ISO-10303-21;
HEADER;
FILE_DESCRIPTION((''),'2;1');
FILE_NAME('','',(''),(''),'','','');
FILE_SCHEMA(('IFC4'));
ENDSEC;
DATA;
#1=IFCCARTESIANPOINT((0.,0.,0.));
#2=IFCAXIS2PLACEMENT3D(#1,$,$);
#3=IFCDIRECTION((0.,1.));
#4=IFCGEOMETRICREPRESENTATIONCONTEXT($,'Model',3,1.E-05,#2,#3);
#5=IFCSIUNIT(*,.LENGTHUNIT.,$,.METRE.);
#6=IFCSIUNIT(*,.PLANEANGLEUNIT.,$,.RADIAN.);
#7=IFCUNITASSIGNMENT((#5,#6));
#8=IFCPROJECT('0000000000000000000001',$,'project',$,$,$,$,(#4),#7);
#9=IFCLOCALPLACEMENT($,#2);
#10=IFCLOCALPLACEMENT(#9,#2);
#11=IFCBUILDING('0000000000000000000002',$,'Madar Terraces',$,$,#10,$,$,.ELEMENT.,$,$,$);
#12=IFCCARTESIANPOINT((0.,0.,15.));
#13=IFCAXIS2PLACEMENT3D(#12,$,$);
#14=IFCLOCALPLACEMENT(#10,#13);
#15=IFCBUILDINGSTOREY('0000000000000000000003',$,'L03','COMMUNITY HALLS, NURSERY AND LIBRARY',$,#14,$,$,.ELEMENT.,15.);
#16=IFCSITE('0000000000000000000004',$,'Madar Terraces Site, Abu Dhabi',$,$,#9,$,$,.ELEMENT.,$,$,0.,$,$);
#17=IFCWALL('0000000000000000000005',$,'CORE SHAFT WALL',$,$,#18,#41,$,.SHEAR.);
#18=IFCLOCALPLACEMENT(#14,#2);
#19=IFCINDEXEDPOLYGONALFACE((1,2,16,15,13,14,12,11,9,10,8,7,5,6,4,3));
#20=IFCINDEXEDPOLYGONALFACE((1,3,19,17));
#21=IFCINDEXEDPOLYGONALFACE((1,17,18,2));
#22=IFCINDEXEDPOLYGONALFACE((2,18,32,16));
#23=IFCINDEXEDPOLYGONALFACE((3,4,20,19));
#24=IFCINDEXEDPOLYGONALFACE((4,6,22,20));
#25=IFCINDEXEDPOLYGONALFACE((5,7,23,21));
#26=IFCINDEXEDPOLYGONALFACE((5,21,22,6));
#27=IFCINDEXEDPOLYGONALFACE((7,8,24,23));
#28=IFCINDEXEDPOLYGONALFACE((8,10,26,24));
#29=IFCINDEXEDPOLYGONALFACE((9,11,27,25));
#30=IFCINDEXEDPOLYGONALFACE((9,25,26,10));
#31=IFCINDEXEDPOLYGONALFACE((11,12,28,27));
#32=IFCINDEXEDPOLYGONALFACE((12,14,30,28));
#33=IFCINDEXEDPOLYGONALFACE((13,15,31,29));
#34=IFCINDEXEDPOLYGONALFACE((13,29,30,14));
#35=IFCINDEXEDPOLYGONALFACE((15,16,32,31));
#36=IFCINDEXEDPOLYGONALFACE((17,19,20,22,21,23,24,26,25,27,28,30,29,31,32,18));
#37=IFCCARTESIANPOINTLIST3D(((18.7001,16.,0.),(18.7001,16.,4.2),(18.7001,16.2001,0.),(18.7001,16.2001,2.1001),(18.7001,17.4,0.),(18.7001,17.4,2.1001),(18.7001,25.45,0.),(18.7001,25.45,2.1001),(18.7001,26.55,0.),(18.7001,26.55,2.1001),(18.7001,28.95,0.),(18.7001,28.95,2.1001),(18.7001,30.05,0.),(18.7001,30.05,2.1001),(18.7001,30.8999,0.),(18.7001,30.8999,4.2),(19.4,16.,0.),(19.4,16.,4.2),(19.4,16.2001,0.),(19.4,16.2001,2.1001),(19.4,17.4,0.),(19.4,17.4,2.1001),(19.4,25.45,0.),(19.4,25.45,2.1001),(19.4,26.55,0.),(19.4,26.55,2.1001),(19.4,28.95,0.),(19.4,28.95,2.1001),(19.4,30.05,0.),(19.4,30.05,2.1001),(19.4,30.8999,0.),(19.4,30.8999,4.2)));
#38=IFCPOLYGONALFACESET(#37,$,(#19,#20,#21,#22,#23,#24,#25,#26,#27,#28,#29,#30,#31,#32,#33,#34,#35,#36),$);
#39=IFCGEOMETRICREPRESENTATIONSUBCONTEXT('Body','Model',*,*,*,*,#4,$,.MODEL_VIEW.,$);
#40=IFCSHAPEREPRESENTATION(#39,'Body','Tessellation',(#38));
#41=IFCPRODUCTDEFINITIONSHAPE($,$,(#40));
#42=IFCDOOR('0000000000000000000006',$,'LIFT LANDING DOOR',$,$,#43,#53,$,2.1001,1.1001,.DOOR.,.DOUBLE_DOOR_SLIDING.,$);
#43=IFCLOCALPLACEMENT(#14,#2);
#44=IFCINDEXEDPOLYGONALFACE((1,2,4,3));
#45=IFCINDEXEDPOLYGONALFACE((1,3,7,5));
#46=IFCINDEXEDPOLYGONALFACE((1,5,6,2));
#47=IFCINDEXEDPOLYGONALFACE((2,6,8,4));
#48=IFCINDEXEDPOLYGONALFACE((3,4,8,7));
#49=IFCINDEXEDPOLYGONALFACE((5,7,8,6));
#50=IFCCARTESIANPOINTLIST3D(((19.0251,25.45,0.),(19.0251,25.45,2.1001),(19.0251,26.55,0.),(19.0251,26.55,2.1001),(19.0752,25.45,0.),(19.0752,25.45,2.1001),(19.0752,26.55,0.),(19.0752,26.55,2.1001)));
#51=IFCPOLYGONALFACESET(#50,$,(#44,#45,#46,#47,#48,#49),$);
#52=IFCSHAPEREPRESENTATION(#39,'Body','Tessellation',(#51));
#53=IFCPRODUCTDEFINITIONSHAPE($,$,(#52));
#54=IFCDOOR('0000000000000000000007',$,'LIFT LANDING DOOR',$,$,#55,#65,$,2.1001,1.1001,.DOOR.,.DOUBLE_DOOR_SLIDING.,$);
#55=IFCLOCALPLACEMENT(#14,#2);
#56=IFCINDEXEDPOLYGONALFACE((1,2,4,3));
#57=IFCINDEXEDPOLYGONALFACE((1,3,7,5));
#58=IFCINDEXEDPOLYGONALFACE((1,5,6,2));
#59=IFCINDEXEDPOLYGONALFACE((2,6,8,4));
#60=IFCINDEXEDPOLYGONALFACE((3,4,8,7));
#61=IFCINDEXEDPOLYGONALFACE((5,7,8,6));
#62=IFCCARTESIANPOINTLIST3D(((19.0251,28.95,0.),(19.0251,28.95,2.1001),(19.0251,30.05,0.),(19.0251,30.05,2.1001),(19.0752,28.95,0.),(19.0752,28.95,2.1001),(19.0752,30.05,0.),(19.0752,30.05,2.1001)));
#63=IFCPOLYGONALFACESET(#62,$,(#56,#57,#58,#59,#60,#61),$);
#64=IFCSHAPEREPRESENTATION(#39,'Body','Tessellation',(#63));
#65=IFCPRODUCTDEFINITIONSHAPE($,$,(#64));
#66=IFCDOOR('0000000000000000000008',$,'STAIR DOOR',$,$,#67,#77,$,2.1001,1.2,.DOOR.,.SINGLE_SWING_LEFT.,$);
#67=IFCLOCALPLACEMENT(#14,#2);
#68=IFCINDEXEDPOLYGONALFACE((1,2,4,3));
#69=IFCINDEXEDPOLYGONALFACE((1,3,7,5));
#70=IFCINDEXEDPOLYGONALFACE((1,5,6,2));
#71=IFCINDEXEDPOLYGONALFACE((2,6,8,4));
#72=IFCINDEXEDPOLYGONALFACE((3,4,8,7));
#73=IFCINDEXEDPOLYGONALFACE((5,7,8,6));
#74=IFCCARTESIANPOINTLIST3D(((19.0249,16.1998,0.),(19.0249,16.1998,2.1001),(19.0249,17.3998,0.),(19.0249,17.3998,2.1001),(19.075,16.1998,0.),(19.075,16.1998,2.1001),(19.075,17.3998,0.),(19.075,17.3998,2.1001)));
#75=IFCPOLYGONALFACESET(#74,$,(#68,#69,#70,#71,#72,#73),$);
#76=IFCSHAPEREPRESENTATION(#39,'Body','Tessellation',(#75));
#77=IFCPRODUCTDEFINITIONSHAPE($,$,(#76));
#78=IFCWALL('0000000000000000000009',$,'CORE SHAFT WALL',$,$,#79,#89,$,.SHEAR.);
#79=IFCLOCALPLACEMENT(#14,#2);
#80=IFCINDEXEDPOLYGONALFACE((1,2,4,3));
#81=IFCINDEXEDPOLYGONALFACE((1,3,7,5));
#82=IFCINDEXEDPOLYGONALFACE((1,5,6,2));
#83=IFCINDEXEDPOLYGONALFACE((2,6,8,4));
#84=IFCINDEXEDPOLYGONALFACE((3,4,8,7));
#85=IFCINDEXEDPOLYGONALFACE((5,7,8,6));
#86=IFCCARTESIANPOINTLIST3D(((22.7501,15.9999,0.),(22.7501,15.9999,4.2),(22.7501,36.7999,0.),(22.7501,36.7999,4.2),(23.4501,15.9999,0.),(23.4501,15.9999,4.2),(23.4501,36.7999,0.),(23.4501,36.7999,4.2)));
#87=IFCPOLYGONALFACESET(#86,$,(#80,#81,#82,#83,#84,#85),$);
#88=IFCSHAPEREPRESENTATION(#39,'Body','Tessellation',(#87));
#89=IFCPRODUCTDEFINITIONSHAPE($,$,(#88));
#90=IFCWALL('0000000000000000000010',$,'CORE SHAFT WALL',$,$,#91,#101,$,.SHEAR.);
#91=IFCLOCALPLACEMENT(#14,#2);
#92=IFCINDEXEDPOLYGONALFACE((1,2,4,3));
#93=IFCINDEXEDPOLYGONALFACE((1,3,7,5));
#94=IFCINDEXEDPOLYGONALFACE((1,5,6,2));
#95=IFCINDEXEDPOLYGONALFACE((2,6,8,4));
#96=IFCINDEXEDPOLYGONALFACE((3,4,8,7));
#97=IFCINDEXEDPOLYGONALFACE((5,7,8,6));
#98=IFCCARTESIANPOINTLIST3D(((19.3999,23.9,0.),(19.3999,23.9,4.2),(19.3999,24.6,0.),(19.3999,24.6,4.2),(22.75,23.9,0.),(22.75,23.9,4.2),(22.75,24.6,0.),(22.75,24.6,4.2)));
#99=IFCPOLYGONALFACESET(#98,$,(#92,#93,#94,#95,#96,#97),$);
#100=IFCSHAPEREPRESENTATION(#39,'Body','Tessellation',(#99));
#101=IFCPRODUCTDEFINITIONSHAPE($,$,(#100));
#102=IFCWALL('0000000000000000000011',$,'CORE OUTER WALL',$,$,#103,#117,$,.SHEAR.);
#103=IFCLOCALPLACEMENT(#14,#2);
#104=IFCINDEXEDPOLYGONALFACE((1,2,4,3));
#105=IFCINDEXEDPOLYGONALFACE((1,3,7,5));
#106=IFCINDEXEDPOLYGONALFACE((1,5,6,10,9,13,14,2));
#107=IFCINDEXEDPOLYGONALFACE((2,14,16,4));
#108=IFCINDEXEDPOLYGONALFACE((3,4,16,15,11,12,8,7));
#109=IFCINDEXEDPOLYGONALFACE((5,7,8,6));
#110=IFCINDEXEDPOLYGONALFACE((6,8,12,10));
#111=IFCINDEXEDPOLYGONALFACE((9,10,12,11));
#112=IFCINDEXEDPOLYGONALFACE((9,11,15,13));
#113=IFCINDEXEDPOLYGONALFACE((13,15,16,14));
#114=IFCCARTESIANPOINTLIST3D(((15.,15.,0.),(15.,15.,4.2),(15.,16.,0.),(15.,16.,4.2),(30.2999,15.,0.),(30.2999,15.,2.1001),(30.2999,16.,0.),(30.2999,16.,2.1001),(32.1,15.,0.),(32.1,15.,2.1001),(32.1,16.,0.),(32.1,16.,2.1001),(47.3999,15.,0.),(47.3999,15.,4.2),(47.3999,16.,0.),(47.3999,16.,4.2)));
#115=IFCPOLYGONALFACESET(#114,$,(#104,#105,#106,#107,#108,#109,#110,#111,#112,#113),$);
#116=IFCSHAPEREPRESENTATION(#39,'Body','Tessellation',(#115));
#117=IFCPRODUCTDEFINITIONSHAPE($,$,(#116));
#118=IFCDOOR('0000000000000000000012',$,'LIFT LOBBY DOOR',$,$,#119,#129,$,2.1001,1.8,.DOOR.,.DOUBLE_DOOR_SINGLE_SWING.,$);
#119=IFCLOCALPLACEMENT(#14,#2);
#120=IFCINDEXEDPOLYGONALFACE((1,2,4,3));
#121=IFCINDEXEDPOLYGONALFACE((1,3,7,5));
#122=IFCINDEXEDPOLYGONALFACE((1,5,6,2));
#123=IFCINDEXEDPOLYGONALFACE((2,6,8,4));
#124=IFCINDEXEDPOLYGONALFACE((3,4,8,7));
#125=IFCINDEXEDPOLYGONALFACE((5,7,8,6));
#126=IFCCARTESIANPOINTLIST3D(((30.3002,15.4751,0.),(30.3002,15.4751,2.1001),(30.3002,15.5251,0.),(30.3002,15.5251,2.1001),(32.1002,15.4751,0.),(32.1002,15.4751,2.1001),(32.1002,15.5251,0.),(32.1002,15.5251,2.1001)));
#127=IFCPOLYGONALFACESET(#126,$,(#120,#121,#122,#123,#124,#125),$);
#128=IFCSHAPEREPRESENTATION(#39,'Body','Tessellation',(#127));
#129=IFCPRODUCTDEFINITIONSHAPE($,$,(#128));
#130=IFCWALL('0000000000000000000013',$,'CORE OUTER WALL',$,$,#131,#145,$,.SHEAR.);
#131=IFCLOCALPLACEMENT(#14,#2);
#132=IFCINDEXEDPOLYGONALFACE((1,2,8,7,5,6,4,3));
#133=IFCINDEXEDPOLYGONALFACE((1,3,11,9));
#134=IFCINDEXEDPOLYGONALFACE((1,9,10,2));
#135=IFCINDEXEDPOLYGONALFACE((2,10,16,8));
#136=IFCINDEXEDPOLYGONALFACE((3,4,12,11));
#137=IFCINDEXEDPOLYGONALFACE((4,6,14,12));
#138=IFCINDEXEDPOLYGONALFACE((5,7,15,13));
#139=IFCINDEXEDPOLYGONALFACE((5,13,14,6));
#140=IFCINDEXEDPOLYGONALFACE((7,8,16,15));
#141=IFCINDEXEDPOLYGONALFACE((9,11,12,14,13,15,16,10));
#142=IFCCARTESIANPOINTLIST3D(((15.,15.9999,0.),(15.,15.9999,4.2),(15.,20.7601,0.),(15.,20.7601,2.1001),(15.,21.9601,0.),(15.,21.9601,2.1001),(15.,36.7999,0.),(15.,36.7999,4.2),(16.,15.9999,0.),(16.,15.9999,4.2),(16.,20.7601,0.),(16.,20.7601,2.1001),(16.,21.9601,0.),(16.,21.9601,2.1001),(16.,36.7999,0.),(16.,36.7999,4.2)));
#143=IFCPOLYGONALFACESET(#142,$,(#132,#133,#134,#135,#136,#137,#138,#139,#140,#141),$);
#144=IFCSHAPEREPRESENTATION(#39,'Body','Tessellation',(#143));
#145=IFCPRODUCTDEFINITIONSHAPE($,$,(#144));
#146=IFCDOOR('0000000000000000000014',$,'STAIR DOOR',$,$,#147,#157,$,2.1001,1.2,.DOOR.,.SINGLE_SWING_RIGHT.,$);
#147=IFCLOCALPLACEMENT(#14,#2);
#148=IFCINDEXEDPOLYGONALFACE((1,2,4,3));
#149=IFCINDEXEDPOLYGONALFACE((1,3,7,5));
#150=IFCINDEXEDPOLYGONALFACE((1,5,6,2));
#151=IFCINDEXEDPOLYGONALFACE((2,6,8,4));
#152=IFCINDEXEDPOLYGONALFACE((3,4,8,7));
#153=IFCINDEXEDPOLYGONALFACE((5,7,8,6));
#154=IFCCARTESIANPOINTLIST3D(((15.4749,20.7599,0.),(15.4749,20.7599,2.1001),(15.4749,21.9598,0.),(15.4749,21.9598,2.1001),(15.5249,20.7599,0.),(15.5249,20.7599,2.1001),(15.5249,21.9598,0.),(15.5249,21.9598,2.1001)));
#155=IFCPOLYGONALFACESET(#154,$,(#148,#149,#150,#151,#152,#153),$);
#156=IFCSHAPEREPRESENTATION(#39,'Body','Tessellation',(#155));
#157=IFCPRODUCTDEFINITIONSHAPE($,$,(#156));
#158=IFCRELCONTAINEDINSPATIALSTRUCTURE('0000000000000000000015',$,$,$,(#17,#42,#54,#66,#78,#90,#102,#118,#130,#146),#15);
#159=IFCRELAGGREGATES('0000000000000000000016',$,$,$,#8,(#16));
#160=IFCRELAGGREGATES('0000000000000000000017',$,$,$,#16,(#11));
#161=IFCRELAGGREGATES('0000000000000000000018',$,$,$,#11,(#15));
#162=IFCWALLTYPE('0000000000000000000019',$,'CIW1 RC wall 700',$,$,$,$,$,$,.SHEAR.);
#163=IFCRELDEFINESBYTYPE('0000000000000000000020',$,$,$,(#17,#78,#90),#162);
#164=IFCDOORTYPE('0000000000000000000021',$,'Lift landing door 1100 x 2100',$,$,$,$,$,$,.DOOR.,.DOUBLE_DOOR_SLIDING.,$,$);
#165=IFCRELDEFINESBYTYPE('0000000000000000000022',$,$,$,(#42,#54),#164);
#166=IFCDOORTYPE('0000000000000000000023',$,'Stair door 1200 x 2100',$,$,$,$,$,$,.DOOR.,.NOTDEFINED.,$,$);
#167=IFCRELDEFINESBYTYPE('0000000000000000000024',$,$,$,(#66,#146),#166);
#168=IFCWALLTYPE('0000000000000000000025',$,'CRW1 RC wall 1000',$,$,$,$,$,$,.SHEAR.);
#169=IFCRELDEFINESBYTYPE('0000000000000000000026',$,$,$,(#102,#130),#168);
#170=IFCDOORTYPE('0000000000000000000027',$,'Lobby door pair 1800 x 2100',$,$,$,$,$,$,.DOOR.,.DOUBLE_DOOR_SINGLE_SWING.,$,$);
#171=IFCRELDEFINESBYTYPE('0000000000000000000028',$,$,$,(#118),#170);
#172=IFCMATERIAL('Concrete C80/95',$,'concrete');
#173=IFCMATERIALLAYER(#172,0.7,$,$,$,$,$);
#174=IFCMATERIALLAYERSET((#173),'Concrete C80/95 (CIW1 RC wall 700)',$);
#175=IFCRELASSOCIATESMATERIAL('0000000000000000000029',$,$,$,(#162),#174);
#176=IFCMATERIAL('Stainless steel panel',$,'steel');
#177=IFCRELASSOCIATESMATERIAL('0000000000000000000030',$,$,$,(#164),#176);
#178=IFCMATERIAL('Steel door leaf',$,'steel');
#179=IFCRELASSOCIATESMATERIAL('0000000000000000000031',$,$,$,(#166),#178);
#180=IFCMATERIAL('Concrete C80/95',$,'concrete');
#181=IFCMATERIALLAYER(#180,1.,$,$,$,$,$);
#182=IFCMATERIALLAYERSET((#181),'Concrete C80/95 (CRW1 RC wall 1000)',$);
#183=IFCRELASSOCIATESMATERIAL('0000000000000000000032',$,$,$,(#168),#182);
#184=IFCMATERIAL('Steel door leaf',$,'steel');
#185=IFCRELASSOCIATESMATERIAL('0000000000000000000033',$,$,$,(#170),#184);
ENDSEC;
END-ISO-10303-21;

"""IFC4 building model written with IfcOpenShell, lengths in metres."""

from ifc_helpers import new_model, si_unit, direction, frame, frame_2d, origin, place, context, subcontext, project, spatial, rectangle, extrude, material, layer, layer_set, type_object, element, fill, save


model = new_model("IFC4")

# Units and contexts
model_context = context("Model", 3, precision=1e-05, world=origin(), true_north=direction((0.0, 1.0)))
body_context = subcontext(model_context, "Body", "Model", "MODEL_VIEW")
ifc_project = project(units=[si_unit("LENGTHUNIT", "METRE"), si_unit("PLANEANGLEUNIT", "RADIAN")], contexts=[model_context])

# Site, building, storey
site_placement = place(None, origin())
site = spatial("IfcSite", under=ifc_project, at=site_placement, Name="Madar Terraces Site, Abu Dhabi", CompositionType="ELEMENT", RefElevation=0.0)
building_placement = place(site_placement, origin())
building = spatial("IfcBuilding", under=site, at=building_placement, Name="Madar Terraces", CompositionType="ELEMENT")
storey_placement = place(building_placement, frame((0.0, 0.0, 15.0)))
storey = spatial("IfcBuildingStorey", under=building, at=storey_placement, Name="L03", Description="COMMUNITY HALLS, NURSERY AND LIBRARY", CompositionType="ELEMENT", Elevation=15.0)

# Wall, openings, doors
ifc_material_1 = material(Name="Concrete C80/95", Category="concrete")
ifc_layer_1 = layer(ifc_material_1, 0.7)
ifc_layer_set_1 = layer_set([ifc_layer_1], Name="Concrete C80/95 (CIW1 RC wall 700)")
wall_type_1 = type_object("IfcWallType", Name="CIW1 RC wall 700", PredefinedType="SHEAR", material=ifc_layer_set_1)
wall_1_placement = place(storey_placement, frame((19.05, 16.0, 0.0), z_axis=(0.0, 0.0, 1.0), x_axis=(0.0, 1.0, 0.0)))
wall_1 = element("IfcWall", 1, at=wall_1_placement, inside=storey, type_object=wall_type_1, Name="CORE SHAFT WALL", PredefinedType="SHEAR", context=body_context, shape_type="SweptSolid", body=[
    extrude(rectangle(XDim=14.8999, YDim=0.7, at=frame_2d((7.45, 0.0))), origin(), (0.0, 0.0, 1.0), 4.2),
])
opening_1_placement = place(wall_1_placement, frame((9.45, 0.0, 0.0)))
opening_1 = element("IfcOpeningElement", 2, at=opening_1_placement, cuts=wall_1, PredefinedType="OPENING", context=body_context, shape_type="SweptSolid", body=[
    extrude(rectangle(XDim=1.1001, YDim=2.1001, at=frame_2d((0.55, 1.05))), frame((0.0, 0.3599, 0.0), z_axis=(0.0, -1.0, 0.0), x_axis=(1.0, 0.0, 0.0)), (0.0, 0.0, 1.0), 0.72),
])
opening_2_placement = place(wall_1_placement, frame((12.95, 0.0, 0.0)))
opening_2 = element("IfcOpeningElement", 3, at=opening_2_placement, cuts=wall_1, PredefinedType="OPENING", context=body_context, shape_type="SweptSolid", body=[
    extrude(rectangle(XDim=1.1001, YDim=2.1001, at=frame_2d((0.55, 1.05))), frame((0.0, 0.3599, 0.0), z_axis=(0.0, -1.0, 0.0), x_axis=(1.0, 0.0, 0.0)), (0.0, 0.0, 1.0), 0.72),
])
opening_3_placement = place(wall_1_placement, frame((0.2, 0.0, 0.0)))
opening_3 = element("IfcOpeningElement", 4, at=opening_3_placement, cuts=wall_1, PredefinedType="OPENING", context=body_context, shape_type="SweptSolid", body=[
    extrude(rectangle(XDim=1.2, YDim=2.1001, at=frame_2d((0.6001, 1.05))), frame((0.0, 0.3599, 0.0), z_axis=(0.0, -1.0, 0.0), x_axis=(1.0, 0.0, 0.0)), (0.0, 0.0, 1.0), 0.72),
])
ifc_material_2 = material(Name="Stainless steel panel", Category="steel")
door_type_1 = type_object("IfcDoorType", Name="Lift landing door 1100 x 2100", OperationType="DOUBLE_DOOR_SLIDING", PredefinedType="DOOR", material=ifc_material_2)
door_1_placement = place(opening_1_placement, origin())
door_1 = element("IfcDoor", 5, at=door_1_placement, inside=storey, type_object=door_type_1, Name="LIFT LANDING DOOR", OperationType="DOUBLE_DOOR_SLIDING", OverallHeight=2.1001, OverallWidth=1.1001, PredefinedType="DOOR", context=body_context, shape_type="SweptSolid", body=[
    extrude(rectangle(XDim=1.1001, YDim=2.1001, at=frame_2d((0.55, 1.05))), frame((0.0, 0.0249, 0.0), z_axis=(0.0, -1.0, 0.0), x_axis=(1.0, 0.0, 0.0)), (0.0, 0.0, 1.0), 0.05),
])
fill(opening_1, door_1)
door_2_placement = place(opening_2_placement, origin())
door_2 = element("IfcDoor", 6, at=door_2_placement, inside=storey, type_object=door_type_1, Name="LIFT LANDING DOOR", OperationType="DOUBLE_DOOR_SLIDING", OverallHeight=2.1001, OverallWidth=1.1001, PredefinedType="DOOR", context=body_context, shape_type="SweptSolid", body=[
    extrude(rectangle(XDim=1.1001, YDim=2.1001, at=frame_2d((0.55, 1.05))), frame((0.0, 0.0249, 0.0), z_axis=(0.0, -1.0, 0.0), x_axis=(1.0, 0.0, 0.0)), (0.0, 0.0, 1.0), 0.05),
])
fill(opening_2, door_2)
ifc_material_3 = material(Name="Steel door leaf", Category="steel")
door_type_2 = type_object("IfcDoorType", Name="Stair door 1200 x 2100", OperationType="NOTDEFINED", PredefinedType="DOOR", material=ifc_material_3)
door_3_placement = place(opening_3_placement, frame((1.2, 0.0, 0.0), z_axis=(0.0, 0.0, 1.0), x_axis=(-1.0, 0.0, 0.0)))
door_3 = element("IfcDoor", 7, at=door_3_placement, inside=storey, type_object=door_type_2, Name="STAIR DOOR", OperationType="SINGLE_SWING_LEFT", OverallHeight=2.1001, OverallWidth=1.2, PredefinedType="DOOR", context=body_context, shape_type="SweptSolid", body=[
    extrude(rectangle(XDim=1.2, YDim=2.1001, at=frame_2d((0.6001, 1.05))), frame((0.0, 0.0249, 0.0), z_axis=(0.0, -1.0, 0.0), x_axis=(1.0, 0.0, 0.0)), (0.0, 0.0, 1.0), 0.05),
])
fill(opening_3, door_3)

# Walls
wall_2_placement = place(storey_placement, frame((23.1001, 16.0, 0.0), z_axis=(0.0, 0.0, 1.0), x_axis=(0.0, 1.0, 0.0)))
element("IfcWall", 8, at=wall_2_placement, inside=storey, type_object=wall_type_1, Name="CORE SHAFT WALL", PredefinedType="SHEAR", context=body_context, shape_type="SweptSolid", body=[
    extrude(rectangle(XDim=20.8, YDim=0.7, at=frame_2d((10.3999, 0.0))), origin(), (0.0, 0.0, 1.0), 4.2),
])
wall_3_placement = place(storey_placement, frame((19.3999, 24.25, 0.0), z_axis=(0.0, 0.0, 1.0), x_axis=(1.0, 0.0, 0.0)))
element("IfcWall", 9, at=wall_3_placement, inside=storey, type_object=wall_type_1, Name="CORE SHAFT WALL", PredefinedType="SHEAR", context=body_context, shape_type="SweptSolid", body=[
    extrude(rectangle(XDim=3.3501, YDim=0.7, at=frame_2d((1.675, 0.0))), origin(), (0.0, 0.0, 1.0), 4.2),
])

# Walls, openings, doors
ifc_material_4 = material(Name="Concrete C80/95", Category="concrete")
ifc_layer_2 = layer(ifc_material_4, 1.0)
ifc_layer_set_2 = layer_set([ifc_layer_2], Name="Concrete C80/95 (CRW1 RC wall 1000)")
wall_type_2 = type_object("IfcWallType", Name="CRW1 RC wall 1000", PredefinedType="SHEAR", material=ifc_layer_set_2)
wall_4_placement = place(storey_placement, frame((15.0, 15.5, 0.0), z_axis=(0.0, 0.0, 1.0), x_axis=(1.0, 0.0, 0.0)))
wall_4 = element("IfcWall", 10, at=wall_4_placement, inside=storey, type_object=wall_type_2, Name="CORE OUTER WALL", PredefinedType="SHEAR", context=body_context, shape_type="SweptSolid", body=[
    extrude(rectangle(XDim=32.3999, YDim=1.0, at=frame_2d((16.2, 0.0))), origin(), (0.0, 0.0, 1.0), 4.2),
])
opening_4_placement = place(wall_4_placement, frame((15.3, 0.0, 0.0)))
opening_4 = element("IfcOpeningElement", 11, at=opening_4_placement, cuts=wall_4, PredefinedType="OPENING", context=body_context, shape_type="SweptSolid", body=[
    extrude(rectangle(XDim=1.8, YDim=2.1001, at=frame_2d((0.8999, 1.05))), frame((0.0, 0.51, 0.0), z_axis=(0.0, -1.0, 0.0), x_axis=(1.0, 0.0, 0.0)), (0.0, 0.0, 1.0), 1.02),
])
ifc_material_5 = material(Name="Steel door leaf", Category="steel")
door_type_3 = type_object("IfcDoorType", Name="Lobby door pair 1800 x 2100", OperationType="DOUBLE_DOOR_SINGLE_SWING", PredefinedType="DOOR", material=ifc_material_5)
door_4_placement = place(opening_4_placement, frame((1.8, 0.0, 0.0), z_axis=(0.0, 0.0, 1.0), x_axis=(-1.0, 0.0, 0.0)))
door_4 = element("IfcDoor", 12, at=door_4_placement, inside=storey, type_object=door_type_3, Name="LIFT LOBBY DOOR", OperationType="DOUBLE_DOOR_SINGLE_SWING", OverallHeight=2.1001, OverallWidth=1.8, PredefinedType="DOOR", context=body_context, shape_type="SweptSolid", body=[
    extrude(rectangle(XDim=1.8, YDim=2.1001, at=frame_2d((0.8999, 1.05))), frame((0.0, 0.0249, 0.0), z_axis=(0.0, -1.0, 0.0), x_axis=(1.0, 0.0, 0.0)), (0.0, 0.0, 1.0), 0.05),
])
fill(opening_4, door_4)
wall_5_placement = place(storey_placement, frame((15.5, 16.0, 0.0), z_axis=(0.0, 0.0, 1.0), x_axis=(0.0, 1.0, 0.0)))
wall_5 = element("IfcWall", 13, at=wall_5_placement, inside=storey, type_object=wall_type_2, Name="CORE OUTER WALL", PredefinedType="SHEAR", context=body_context, shape_type="SweptSolid", body=[
    extrude(rectangle(XDim=20.8, YDim=1.0, at=frame_2d((10.3999, 0.0))), origin(), (0.0, 0.0, 1.0), 4.2),
])
opening_5_placement = place(wall_5_placement, frame((4.76, 0.0, 0.0)))
opening_5 = element("IfcOpeningElement", 14, at=opening_5_placement, cuts=wall_5, PredefinedType="OPENING", context=body_context, shape_type="SweptSolid", body=[
    extrude(rectangle(XDim=1.2, YDim=2.1001, at=frame_2d((0.6001, 1.05))), frame((0.0, 0.51, 0.0), z_axis=(0.0, -1.0, 0.0), x_axis=(1.0, 0.0, 0.0)), (0.0, 0.0, 1.0), 1.02),
])
door_5_placement = place(opening_5_placement, frame((1.2, 0.0, 0.0), z_axis=(0.0, 0.0, 1.0), x_axis=(-1.0, 0.0, 0.0)))
door_5 = element("IfcDoor", 15, at=door_5_placement, inside=storey, type_object=door_type_2, Name="STAIR DOOR", OperationType="SINGLE_SWING_RIGHT", OverallHeight=2.1001, OverallWidth=1.2, PredefinedType="DOOR", context=body_context, shape_type="SweptSolid", body=[
    extrude(rectangle(XDim=1.2, YDim=2.1001, at=frame_2d((0.6001, 1.05))), frame((0.0, 0.0249, 0.0), z_axis=(0.0, -1.0, 0.0), x_axis=(1.0, 0.0, 0.0)), (0.0, 0.0, 1.0), 0.05),
])
fill(opening_5, door_5)

save(model, "model.ifc")
